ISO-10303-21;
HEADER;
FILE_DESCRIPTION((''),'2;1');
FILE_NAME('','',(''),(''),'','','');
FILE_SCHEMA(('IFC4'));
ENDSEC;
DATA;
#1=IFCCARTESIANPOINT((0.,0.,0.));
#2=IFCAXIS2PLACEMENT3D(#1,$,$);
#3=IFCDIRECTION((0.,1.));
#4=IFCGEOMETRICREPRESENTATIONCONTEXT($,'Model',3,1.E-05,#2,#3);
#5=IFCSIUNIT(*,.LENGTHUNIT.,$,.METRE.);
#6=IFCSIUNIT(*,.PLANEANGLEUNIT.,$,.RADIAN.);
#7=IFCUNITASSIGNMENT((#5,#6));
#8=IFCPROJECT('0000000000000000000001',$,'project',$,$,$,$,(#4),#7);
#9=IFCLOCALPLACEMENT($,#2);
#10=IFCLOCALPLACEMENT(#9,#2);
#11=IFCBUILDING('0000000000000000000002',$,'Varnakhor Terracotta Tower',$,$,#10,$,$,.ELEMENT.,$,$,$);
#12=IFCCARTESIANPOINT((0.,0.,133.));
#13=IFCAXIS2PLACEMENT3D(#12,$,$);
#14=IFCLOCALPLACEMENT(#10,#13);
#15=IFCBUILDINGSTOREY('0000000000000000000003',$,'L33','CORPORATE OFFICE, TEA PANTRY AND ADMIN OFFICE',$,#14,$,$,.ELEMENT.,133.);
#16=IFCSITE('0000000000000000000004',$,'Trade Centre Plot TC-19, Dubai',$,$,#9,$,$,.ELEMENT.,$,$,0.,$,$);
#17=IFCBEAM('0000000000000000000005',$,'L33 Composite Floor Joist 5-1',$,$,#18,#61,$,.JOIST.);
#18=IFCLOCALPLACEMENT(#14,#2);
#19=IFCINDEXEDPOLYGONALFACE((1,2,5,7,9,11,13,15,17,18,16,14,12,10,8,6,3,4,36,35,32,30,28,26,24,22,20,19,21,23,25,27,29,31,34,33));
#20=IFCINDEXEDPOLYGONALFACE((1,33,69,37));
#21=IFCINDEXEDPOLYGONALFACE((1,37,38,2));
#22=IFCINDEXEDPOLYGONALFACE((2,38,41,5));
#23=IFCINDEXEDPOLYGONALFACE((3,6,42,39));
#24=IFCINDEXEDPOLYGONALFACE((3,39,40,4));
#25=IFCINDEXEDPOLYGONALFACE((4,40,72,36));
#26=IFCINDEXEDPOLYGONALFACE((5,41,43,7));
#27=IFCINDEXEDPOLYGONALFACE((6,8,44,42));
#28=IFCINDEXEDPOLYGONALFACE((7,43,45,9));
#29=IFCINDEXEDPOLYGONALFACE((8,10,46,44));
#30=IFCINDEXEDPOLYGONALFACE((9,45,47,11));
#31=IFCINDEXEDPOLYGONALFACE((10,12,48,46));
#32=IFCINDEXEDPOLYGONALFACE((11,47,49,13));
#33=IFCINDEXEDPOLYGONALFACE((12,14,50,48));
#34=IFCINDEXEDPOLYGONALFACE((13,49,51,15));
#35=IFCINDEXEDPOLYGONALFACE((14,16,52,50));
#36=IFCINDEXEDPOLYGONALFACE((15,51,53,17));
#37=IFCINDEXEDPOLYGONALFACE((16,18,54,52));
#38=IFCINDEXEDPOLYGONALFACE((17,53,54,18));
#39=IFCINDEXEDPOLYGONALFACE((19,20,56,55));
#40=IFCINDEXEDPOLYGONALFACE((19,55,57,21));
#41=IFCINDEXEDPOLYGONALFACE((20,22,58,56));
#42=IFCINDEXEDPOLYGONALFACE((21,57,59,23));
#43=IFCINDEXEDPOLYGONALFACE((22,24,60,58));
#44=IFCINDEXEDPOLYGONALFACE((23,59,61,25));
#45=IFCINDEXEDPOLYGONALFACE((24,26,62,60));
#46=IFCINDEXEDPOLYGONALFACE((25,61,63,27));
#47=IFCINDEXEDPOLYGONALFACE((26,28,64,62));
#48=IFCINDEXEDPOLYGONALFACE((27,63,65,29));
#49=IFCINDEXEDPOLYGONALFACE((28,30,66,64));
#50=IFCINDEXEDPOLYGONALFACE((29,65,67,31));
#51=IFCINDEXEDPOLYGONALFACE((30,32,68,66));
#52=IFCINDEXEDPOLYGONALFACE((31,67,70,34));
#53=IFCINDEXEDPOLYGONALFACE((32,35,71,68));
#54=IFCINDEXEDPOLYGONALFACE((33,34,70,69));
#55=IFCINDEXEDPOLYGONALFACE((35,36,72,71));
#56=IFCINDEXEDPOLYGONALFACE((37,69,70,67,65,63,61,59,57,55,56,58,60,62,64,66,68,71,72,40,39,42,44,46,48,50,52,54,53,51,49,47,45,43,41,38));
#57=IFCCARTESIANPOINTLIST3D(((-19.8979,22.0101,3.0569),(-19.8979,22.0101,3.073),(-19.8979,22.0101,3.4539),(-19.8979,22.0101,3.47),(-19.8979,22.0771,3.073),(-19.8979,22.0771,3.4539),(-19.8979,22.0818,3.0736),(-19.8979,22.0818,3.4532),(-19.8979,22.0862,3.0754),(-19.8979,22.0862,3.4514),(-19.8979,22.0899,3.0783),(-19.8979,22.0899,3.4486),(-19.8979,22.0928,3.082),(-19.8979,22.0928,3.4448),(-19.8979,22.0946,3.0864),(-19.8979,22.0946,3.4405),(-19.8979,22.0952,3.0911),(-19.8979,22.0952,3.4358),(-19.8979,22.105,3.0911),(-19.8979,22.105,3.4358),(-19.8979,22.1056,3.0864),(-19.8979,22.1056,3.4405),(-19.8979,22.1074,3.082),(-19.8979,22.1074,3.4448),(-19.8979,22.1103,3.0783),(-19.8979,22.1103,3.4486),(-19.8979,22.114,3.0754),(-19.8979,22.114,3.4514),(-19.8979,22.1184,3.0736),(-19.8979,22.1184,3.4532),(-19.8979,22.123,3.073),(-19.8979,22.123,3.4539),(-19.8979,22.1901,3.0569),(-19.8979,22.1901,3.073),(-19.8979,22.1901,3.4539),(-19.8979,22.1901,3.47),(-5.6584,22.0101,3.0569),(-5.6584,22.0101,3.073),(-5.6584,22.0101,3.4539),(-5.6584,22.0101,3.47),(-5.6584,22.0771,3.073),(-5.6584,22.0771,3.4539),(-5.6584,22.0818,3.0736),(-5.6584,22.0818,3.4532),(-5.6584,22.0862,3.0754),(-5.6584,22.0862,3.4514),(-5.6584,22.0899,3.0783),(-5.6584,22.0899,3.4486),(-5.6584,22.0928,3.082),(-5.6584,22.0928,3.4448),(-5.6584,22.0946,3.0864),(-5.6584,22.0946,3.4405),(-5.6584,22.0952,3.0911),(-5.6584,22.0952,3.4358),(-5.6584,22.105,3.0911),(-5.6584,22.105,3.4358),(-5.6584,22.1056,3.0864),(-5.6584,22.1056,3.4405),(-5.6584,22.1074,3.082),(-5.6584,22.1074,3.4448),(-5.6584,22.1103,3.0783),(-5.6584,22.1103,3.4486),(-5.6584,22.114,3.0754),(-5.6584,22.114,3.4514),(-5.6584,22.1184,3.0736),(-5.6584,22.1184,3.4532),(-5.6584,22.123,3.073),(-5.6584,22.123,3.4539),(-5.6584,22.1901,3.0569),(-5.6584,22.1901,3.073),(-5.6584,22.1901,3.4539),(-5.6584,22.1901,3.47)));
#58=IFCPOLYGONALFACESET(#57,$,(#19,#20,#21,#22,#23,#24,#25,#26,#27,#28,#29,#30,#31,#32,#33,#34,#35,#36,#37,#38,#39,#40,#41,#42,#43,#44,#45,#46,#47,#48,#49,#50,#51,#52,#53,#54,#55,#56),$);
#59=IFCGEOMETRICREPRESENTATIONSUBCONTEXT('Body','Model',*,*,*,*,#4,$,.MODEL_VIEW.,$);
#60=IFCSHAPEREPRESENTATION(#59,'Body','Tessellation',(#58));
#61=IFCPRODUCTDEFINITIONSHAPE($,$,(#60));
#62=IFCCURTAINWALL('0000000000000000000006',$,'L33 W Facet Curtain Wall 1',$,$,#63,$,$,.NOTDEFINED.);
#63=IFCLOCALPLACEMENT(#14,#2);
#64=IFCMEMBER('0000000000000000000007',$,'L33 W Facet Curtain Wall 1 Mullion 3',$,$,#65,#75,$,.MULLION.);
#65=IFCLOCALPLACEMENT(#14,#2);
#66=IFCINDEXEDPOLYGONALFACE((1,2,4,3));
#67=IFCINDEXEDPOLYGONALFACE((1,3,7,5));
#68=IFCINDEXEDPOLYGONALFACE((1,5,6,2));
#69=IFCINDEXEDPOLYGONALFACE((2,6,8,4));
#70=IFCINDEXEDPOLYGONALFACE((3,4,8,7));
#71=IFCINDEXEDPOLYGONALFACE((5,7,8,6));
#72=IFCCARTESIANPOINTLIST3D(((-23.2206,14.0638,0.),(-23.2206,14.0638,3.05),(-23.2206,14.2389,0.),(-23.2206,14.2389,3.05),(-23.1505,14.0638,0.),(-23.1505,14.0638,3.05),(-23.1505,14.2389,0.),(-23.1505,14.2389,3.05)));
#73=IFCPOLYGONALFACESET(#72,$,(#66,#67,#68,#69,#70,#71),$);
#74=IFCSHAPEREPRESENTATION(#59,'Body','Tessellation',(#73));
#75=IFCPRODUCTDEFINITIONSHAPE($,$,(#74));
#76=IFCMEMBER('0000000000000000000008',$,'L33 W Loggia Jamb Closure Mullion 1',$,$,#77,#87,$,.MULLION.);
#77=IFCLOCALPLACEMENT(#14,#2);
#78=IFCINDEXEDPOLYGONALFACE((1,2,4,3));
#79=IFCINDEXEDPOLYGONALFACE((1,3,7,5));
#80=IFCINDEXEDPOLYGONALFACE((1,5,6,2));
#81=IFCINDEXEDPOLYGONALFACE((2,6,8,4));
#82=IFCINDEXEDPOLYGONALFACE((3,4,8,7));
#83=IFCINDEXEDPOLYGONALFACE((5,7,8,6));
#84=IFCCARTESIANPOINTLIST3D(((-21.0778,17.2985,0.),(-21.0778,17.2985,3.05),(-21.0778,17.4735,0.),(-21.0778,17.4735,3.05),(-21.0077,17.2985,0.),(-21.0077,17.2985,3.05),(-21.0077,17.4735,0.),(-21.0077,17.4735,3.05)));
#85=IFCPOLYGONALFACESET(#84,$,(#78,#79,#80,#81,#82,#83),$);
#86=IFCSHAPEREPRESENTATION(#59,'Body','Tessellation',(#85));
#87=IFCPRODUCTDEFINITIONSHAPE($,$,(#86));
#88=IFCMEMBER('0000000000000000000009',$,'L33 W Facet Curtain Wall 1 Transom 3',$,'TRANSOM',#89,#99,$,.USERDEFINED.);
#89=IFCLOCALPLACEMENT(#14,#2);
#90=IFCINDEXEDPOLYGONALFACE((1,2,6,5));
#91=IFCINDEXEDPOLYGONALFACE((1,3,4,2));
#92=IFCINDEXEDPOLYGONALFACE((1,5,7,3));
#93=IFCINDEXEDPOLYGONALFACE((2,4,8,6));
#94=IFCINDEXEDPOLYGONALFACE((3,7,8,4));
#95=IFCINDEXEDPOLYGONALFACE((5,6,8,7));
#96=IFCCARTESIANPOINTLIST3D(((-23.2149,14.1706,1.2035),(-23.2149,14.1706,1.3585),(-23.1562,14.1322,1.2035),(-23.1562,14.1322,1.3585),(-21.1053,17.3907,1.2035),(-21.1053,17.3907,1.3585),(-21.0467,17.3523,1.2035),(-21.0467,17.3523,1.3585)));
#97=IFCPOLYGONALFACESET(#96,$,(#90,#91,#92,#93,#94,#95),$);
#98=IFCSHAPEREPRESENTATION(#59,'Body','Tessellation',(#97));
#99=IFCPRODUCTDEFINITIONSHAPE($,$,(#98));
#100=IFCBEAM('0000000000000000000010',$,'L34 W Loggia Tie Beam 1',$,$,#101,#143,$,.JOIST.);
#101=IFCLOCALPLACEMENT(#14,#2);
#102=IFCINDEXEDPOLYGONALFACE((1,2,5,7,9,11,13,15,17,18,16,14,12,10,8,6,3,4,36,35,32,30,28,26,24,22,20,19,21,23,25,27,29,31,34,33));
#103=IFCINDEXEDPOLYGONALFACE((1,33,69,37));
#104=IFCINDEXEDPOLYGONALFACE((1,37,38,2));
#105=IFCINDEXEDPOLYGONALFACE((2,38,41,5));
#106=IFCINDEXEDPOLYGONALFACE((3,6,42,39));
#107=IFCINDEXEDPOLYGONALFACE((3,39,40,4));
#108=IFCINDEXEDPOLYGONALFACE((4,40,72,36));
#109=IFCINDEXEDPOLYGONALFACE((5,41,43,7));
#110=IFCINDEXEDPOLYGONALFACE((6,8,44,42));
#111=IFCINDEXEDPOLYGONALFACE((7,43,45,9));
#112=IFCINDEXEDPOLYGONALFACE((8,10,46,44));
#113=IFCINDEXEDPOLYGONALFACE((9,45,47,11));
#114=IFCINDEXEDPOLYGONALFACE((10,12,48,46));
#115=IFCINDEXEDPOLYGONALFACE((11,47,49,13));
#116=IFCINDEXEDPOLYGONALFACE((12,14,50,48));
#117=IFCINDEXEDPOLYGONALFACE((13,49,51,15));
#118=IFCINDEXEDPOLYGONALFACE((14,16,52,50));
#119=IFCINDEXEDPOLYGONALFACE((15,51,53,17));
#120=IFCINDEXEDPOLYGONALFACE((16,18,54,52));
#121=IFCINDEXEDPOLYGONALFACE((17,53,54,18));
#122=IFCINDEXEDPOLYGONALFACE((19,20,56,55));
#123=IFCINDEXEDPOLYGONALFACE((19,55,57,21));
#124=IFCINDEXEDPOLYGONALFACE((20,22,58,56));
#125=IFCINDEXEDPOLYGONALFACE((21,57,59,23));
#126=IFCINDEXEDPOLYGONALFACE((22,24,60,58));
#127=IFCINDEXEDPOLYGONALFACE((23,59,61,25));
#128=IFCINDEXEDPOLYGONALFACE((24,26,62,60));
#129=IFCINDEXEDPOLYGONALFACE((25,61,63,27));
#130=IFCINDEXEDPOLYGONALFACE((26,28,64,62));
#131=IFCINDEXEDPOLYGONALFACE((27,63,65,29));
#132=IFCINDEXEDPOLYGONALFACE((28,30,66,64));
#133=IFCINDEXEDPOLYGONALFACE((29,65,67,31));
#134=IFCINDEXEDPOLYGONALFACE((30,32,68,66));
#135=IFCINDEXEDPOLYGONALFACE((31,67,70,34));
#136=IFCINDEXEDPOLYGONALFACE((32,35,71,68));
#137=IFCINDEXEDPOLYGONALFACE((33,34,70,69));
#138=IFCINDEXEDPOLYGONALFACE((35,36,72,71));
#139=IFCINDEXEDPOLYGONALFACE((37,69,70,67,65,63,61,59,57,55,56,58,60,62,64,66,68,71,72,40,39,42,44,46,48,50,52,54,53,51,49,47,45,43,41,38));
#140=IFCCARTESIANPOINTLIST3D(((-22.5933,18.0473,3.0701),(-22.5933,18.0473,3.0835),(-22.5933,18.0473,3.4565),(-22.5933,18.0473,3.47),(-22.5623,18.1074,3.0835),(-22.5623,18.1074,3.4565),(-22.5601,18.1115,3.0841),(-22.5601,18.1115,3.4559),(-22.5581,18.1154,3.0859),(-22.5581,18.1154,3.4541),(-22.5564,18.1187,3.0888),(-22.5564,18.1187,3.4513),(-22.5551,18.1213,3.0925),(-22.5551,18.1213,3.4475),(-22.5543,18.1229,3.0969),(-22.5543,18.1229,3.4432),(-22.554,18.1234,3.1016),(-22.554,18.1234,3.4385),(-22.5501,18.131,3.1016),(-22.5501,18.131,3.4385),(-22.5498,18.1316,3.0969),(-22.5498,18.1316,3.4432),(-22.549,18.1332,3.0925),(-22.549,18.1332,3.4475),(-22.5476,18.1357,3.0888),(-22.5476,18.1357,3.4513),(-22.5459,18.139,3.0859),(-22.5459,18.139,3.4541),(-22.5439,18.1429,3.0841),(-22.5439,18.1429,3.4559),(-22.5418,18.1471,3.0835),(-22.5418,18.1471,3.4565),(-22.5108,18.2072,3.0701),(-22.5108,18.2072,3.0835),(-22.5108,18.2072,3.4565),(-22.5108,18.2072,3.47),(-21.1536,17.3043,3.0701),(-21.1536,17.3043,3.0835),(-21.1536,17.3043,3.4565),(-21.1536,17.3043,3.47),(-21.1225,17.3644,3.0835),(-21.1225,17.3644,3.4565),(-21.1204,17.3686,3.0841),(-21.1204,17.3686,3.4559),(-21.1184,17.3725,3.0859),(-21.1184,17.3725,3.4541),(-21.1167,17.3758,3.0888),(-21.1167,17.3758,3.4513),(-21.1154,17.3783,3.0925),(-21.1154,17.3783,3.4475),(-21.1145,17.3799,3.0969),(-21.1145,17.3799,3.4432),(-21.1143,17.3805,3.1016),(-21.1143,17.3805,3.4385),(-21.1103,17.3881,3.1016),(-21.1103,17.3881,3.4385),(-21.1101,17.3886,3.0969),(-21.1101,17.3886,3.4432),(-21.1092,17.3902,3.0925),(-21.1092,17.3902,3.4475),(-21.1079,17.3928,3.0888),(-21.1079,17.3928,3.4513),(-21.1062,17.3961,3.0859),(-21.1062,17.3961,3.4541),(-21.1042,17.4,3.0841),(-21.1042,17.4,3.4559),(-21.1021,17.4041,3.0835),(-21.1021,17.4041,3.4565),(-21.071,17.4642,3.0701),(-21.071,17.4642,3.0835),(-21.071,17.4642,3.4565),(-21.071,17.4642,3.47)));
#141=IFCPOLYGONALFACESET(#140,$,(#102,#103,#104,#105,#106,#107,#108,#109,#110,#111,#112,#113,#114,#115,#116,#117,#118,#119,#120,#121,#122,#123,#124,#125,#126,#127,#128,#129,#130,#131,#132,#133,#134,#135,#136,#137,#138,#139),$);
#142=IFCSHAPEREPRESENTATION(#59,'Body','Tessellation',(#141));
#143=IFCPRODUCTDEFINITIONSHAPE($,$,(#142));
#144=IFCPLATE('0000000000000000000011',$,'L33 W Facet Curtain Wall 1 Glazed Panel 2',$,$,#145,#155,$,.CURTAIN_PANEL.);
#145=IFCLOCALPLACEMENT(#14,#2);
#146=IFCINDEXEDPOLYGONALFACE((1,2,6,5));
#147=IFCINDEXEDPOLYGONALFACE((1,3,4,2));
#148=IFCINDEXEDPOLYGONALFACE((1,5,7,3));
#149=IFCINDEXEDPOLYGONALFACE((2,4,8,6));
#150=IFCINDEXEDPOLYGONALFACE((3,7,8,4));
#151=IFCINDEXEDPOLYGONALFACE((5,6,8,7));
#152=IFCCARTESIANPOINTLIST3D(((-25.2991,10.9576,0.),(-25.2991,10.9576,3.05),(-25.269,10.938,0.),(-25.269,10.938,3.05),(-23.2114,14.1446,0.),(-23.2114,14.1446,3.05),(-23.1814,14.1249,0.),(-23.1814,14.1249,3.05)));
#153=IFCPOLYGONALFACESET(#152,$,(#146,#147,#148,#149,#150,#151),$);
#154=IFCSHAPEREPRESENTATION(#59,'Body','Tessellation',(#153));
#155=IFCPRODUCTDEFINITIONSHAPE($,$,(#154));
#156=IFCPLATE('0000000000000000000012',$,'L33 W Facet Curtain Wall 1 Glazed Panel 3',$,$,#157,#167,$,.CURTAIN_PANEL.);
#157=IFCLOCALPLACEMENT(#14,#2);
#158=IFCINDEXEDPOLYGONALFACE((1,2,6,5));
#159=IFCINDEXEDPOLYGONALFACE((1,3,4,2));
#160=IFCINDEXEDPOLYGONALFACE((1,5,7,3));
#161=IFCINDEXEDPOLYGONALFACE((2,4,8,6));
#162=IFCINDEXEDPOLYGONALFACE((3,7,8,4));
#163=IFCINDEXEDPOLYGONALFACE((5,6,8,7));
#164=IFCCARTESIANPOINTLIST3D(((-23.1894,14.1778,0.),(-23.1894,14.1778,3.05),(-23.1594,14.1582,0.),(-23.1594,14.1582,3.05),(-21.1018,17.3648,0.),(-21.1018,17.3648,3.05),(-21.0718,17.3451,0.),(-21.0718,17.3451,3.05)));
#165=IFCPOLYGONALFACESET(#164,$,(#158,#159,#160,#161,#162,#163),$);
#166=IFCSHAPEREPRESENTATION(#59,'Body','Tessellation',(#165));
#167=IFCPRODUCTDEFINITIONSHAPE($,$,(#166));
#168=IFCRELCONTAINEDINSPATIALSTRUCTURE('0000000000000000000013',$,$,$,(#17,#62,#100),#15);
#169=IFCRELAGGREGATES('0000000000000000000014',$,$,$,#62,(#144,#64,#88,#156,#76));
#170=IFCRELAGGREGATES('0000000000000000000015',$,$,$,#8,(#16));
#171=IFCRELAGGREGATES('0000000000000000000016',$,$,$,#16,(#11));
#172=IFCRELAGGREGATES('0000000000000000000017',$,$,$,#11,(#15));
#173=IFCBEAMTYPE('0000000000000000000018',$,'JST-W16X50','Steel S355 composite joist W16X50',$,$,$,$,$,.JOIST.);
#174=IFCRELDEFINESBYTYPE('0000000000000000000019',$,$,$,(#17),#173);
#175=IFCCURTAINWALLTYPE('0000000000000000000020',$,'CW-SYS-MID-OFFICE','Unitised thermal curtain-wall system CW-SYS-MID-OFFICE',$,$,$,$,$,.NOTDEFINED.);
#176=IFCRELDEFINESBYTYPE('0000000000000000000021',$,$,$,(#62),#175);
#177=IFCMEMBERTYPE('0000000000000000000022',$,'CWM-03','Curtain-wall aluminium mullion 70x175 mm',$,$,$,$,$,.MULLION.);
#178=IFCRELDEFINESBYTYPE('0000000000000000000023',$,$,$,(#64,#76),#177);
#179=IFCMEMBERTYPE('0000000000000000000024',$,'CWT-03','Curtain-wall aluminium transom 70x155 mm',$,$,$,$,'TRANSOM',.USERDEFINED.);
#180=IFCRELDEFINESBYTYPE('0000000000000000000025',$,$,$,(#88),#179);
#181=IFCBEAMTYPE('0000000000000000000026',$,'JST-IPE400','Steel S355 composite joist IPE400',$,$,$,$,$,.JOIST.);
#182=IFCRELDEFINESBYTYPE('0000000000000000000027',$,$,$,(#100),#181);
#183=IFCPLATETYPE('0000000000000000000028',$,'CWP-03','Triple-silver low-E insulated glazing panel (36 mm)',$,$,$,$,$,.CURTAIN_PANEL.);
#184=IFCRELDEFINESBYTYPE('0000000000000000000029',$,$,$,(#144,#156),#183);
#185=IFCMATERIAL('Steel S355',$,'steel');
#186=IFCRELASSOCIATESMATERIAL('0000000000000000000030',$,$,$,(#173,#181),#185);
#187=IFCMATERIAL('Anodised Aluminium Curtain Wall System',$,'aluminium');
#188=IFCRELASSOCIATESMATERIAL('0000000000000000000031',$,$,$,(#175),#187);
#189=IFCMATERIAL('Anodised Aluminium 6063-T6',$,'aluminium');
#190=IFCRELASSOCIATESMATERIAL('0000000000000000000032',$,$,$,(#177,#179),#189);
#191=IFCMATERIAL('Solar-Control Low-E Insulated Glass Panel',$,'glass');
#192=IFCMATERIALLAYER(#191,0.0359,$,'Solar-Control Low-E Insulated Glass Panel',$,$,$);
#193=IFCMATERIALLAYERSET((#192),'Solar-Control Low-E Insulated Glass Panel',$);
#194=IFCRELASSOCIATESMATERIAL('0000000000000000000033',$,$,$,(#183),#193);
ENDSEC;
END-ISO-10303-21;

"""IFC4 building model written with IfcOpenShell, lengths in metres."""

from ifc_helpers import new_model, si_unit, direction, frame, origin, origin_2d, place, context, subcontext, project, spatial, rectangle, i_section, extrude, source, transform, mapped, material, layer, layer_set, material_profile, profile_set, type_object, element, aggregate, save


model = new_model("IFC4")

# Units and contexts
model_context = context("Model", 3, precision=1e-05, world=origin(), true_north=direction((0.0, 1.0)))
body_context = subcontext(model_context, "Body", "Model", "MODEL_VIEW")
ifc_project = project(units=[si_unit("LENGTHUNIT", "METRE"), si_unit("PLANEANGLEUNIT", "RADIAN")], contexts=[model_context])

# Site, building, storey
site_placement = place(None, origin())
site = spatial("IfcSite", under=ifc_project, at=site_placement, Name="Trade Centre Plot TC-19, Dubai", CompositionType="ELEMENT", RefElevation=0.0)
building_placement = place(site_placement, origin())
building = spatial("IfcBuilding", under=site, at=building_placement, Name="Varnakhor Terracotta Tower", CompositionType="ELEMENT")
storey_placement = place(building_placement, frame((0.0, 0.0, 133.0)))
storey = spatial("IfcBuildingStorey", under=building, at=storey_placement, Name="L33", Description="CORPORATE OFFICE, TEA PANTRY AND ADMIN OFFICE", CompositionType="ELEMENT", Elevation=133.0)

# Beam
ifc_material_1 = material(Name="Steel S355", Category="steel")
ifc_material_profile_1 = material_profile(ifc_material_1, i_section(OverallWidth=0.1799, OverallDepth=0.4131, WebThickness=0.0098, FlangeThickness=0.0161, FilletRadius=0.0181, at=origin_2d()), Name="W16X50")
ifc_profile_set_1 = profile_set([ifc_material_profile_1], Name="Steel S355")
beam_type_1 = type_object("IfcBeamType", Name="JST-W16X50", Description="Steel S355 composite joist W16X50", PredefinedType="JOIST", material=ifc_profile_set_1)
shared_shape_1 = source(origin(), body_context, "Body", "SweptSolid", [
    extrude(i_section(OverallWidth=0.1799, OverallDepth=0.4131, WebThickness=0.0098, FlangeThickness=0.0161, FilletRadius=0.0181, at=origin_2d()), origin(), (0.0, 0.0, 1.0), 14.2395),
])
beam_1_placement = place(storey_placement, frame((-19.8979, 22.1001, 3.2634), z_axis=(1.0, 0.0, 0.0), x_axis=(0.0, 1.0, 0.0)))
element("IfcBeam", 1, at=beam_1_placement, inside=storey, type_object=beam_type_1, Name="L33 Composite Floor Joist 5-1", PredefinedType="JOIST", context=body_context, shape_type="MappedRepresentation", body=[
    mapped(shared_shape_1, transform((0.0, 0.0, 0.0), scale=1.0)),
])

# Curtain wall, members
ifc_material_2 = material(Name="Anodised Aluminium Curtain Wall System", Category="aluminium")
curtain_wall_type = type_object("IfcCurtainWallType", Name="CW-SYS-MID-OFFICE", Description="Unitised thermal curtain-wall system CW-SYS-MID-OFFICE", PredefinedType="NOTDEFINED", material=ifc_material_2)
curtain_wall_placement = place(storey_placement, origin())
curtain_wall = element("IfcCurtainWall", 2, at=curtain_wall_placement, inside=storey, type_object=curtain_wall_type, Name="L33 W Facet Curtain Wall 1", PredefinedType="NOTDEFINED")
ifc_material_3 = material(Name="Anodised Aluminium 6063-T6", Category="aluminium")
ifc_material_profile_2 = material_profile(ifc_material_3, rectangle(XDim=0.0701, YDim=0.175, at=origin_2d()), Name="ALU MULLION 70x175")
ifc_profile_set_2 = profile_set([ifc_material_profile_2], Name="Anodised Aluminium 6063-T6")
member_type_1 = type_object("IfcMemberType", Name="CWM-03", Description="Curtain-wall aluminium mullion 70x175 mm", PredefinedType="MULLION", material=ifc_profile_set_2)
shared_shape_2 = source(origin(), body_context, "Body", "SweptSolid", [
    extrude(rectangle(XDim=0.0701, YDim=0.175, at=origin_2d()), origin(), (0.0, 0.0, 1.0), 3.05),
])
member_1_placement = place(storey_placement, frame((-23.1855, 14.1514, 0.0), z_axis=(0.0, 0.0, 1.0), x_axis=(1.0, 0.0, 0.0)))
member_1 = element("IfcMember", 3, at=member_1_placement, type_object=member_type_1, Name="L33 W Facet Curtain Wall 1 Mullion 3", PredefinedType="MULLION", context=body_context, shape_type="MappedRepresentation", body=[
    mapped(shared_shape_2, transform((0.0, 0.0, 0.0), scale=1.0)),
])
member_2_placement = place(storey_placement, frame((-21.0427, 17.386, 0.0), z_axis=(0.0, 0.0, 1.0), x_axis=(1.0, 0.0, 0.0)))
member_2 = element("IfcMember", 4, at=member_2_placement, type_object=member_type_1, Name="L33 W Loggia Jamb Closure Mullion 1", PredefinedType="MULLION", context=body_context, shape_type="MappedRepresentation", body=[
    mapped(shared_shape_2, transform((0.0, 0.0, 0.0), scale=1.0)),
])
ifc_material_profile_3 = material_profile(ifc_material_3, rectangle(XDim=0.0701, YDim=0.155, at=origin_2d()), Name="ALU TRANSOM 70x155")
ifc_profile_set_3 = profile_set([ifc_material_profile_3], Name="Anodised Aluminium 6063-T6")
member_type_2 = type_object("IfcMemberType", Name="CWT-03", Description="Curtain-wall aluminium transom 70x155 mm", ElementType="TRANSOM", PredefinedType="USERDEFINED", material=ifc_profile_set_3)
shared_shape_3 = source(origin(), body_context, "Body", "SweptSolid", [
    extrude(rectangle(XDim=0.0701, YDim=0.155, at=origin_2d()), origin(), (0.0, 0.0, 1.0), 3.8496),
])
member_3_placement = place(storey_placement, frame((-23.1855, 14.1514, 1.281), z_axis=(0.547994, 0.836482, 0.0), x_axis=(-0.836482, 0.547994, 0.0)))
member_3 = element("IfcMember", 5, at=member_3_placement, type_object=member_type_2, Name="L33 W Facet Curtain Wall 1 Transom 3", ObjectType="TRANSOM", PredefinedType="USERDEFINED", context=body_context, shape_type="MappedRepresentation", body=[
    mapped(shared_shape_3, transform((0.0, 0.0, 0.0), scale=1.0)),
])

# Beam
ifc_material_profile_4 = material_profile(ifc_material_1, i_section(OverallWidth=0.1799, OverallDepth=0.3999, WebThickness=0.0085, FlangeThickness=0.0134, FilletRadius=0.0181, at=origin_2d()), Name="IPE400")
ifc_profile_set_4 = profile_set([ifc_material_profile_4], Name="Steel S355")
beam_type_2 = type_object("IfcBeamType", Name="JST-IPE400", Description="Steel S355 composite joist IPE400", PredefinedType="JOIST", material=ifc_profile_set_4)
shared_shape_4 = source(origin(), body_context, "Body", "SweptSolid", [
    extrude(i_section(OverallWidth=0.1799, OverallDepth=0.3999, WebThickness=0.0085, FlangeThickness=0.0134, FilletRadius=0.0181, at=origin_2d()), origin(), (0.0, 0.0, 1.0), 1.6201),
])
beam_2_placement = place(storey_placement, frame((-21.1123, 17.3843, 3.27), z_axis=(-0.888658, 0.45857, 0.0), x_axis=(-0.45857, -0.888658, 0.0)))
element("IfcBeam", 6, at=beam_2_placement, inside=storey, type_object=beam_type_2, Name="L34 W Loggia Tie Beam 1", PredefinedType="JOIST", context=body_context, shape_type="MappedRepresentation", body=[
    mapped(shared_shape_4, transform((0.0, 0.0, 0.0), scale=1.0)),
])

# Plates
ifc_material_4 = material(Name="Solar-Control Low-E Insulated Glass Panel", Category="glass")
ifc_layer_1 = layer(ifc_material_4, 0.0359, Name="Solar-Control Low-E Insulated Glass Panel")
ifc_layer_set_1 = layer_set([ifc_layer_1], Name="Solar-Control Low-E Insulated Glass Panel")
plate_type = type_object("IfcPlateType", Name="CWP-03", Description="Triple-silver low-E insulated glazing panel (36 mm)", PredefinedType="CURTAIN_PANEL", material=ifc_layer_set_1)
shared_shape_5 = source(origin(), body_context, "Body", "SweptSolid", [
    extrude(rectangle(XDim=3.8098, YDim=0.0359, at=origin_2d()), origin(), (0.0, 0.0, 1.0), 3.05),
])
plate_1_placement = place(storey_placement, frame((-24.2402, 12.5413, 0.0), z_axis=(0.0, 0.0, 1.0), x_axis=(0.547957, 0.836506, 0.0)))
plate_1 = element("IfcPlate", 7, at=plate_1_placement, type_object=plate_type, Name="L33 W Facet Curtain Wall 1 Glazed Panel 2", PredefinedType="CURTAIN_PANEL", context=body_context, shape_type="MappedRepresentation", body=[
    mapped(shared_shape_5, transform((0.0, 0.0, 0.0), scale=1.0)),
])
plate_2_placement = place(storey_placement, frame((-22.1306, 15.7615, 0.0), z_axis=(0.0, 0.0, 1.0), x_axis=(0.547957, 0.836506, 0.0)))
plate_2 = element("IfcPlate", 8, at=plate_2_placement, type_object=plate_type, Name="L33 W Facet Curtain Wall 1 Glazed Panel 3", PredefinedType="CURTAIN_PANEL", context=body_context, shape_type="MappedRepresentation", body=[
    mapped(shared_shape_5, transform((0.0, 0.0, 0.0), scale=1.0)),
])
aggregate(curtain_wall, [plate_1, member_1, member_3, plate_2, member_2])

save(model, "model.ifc")
